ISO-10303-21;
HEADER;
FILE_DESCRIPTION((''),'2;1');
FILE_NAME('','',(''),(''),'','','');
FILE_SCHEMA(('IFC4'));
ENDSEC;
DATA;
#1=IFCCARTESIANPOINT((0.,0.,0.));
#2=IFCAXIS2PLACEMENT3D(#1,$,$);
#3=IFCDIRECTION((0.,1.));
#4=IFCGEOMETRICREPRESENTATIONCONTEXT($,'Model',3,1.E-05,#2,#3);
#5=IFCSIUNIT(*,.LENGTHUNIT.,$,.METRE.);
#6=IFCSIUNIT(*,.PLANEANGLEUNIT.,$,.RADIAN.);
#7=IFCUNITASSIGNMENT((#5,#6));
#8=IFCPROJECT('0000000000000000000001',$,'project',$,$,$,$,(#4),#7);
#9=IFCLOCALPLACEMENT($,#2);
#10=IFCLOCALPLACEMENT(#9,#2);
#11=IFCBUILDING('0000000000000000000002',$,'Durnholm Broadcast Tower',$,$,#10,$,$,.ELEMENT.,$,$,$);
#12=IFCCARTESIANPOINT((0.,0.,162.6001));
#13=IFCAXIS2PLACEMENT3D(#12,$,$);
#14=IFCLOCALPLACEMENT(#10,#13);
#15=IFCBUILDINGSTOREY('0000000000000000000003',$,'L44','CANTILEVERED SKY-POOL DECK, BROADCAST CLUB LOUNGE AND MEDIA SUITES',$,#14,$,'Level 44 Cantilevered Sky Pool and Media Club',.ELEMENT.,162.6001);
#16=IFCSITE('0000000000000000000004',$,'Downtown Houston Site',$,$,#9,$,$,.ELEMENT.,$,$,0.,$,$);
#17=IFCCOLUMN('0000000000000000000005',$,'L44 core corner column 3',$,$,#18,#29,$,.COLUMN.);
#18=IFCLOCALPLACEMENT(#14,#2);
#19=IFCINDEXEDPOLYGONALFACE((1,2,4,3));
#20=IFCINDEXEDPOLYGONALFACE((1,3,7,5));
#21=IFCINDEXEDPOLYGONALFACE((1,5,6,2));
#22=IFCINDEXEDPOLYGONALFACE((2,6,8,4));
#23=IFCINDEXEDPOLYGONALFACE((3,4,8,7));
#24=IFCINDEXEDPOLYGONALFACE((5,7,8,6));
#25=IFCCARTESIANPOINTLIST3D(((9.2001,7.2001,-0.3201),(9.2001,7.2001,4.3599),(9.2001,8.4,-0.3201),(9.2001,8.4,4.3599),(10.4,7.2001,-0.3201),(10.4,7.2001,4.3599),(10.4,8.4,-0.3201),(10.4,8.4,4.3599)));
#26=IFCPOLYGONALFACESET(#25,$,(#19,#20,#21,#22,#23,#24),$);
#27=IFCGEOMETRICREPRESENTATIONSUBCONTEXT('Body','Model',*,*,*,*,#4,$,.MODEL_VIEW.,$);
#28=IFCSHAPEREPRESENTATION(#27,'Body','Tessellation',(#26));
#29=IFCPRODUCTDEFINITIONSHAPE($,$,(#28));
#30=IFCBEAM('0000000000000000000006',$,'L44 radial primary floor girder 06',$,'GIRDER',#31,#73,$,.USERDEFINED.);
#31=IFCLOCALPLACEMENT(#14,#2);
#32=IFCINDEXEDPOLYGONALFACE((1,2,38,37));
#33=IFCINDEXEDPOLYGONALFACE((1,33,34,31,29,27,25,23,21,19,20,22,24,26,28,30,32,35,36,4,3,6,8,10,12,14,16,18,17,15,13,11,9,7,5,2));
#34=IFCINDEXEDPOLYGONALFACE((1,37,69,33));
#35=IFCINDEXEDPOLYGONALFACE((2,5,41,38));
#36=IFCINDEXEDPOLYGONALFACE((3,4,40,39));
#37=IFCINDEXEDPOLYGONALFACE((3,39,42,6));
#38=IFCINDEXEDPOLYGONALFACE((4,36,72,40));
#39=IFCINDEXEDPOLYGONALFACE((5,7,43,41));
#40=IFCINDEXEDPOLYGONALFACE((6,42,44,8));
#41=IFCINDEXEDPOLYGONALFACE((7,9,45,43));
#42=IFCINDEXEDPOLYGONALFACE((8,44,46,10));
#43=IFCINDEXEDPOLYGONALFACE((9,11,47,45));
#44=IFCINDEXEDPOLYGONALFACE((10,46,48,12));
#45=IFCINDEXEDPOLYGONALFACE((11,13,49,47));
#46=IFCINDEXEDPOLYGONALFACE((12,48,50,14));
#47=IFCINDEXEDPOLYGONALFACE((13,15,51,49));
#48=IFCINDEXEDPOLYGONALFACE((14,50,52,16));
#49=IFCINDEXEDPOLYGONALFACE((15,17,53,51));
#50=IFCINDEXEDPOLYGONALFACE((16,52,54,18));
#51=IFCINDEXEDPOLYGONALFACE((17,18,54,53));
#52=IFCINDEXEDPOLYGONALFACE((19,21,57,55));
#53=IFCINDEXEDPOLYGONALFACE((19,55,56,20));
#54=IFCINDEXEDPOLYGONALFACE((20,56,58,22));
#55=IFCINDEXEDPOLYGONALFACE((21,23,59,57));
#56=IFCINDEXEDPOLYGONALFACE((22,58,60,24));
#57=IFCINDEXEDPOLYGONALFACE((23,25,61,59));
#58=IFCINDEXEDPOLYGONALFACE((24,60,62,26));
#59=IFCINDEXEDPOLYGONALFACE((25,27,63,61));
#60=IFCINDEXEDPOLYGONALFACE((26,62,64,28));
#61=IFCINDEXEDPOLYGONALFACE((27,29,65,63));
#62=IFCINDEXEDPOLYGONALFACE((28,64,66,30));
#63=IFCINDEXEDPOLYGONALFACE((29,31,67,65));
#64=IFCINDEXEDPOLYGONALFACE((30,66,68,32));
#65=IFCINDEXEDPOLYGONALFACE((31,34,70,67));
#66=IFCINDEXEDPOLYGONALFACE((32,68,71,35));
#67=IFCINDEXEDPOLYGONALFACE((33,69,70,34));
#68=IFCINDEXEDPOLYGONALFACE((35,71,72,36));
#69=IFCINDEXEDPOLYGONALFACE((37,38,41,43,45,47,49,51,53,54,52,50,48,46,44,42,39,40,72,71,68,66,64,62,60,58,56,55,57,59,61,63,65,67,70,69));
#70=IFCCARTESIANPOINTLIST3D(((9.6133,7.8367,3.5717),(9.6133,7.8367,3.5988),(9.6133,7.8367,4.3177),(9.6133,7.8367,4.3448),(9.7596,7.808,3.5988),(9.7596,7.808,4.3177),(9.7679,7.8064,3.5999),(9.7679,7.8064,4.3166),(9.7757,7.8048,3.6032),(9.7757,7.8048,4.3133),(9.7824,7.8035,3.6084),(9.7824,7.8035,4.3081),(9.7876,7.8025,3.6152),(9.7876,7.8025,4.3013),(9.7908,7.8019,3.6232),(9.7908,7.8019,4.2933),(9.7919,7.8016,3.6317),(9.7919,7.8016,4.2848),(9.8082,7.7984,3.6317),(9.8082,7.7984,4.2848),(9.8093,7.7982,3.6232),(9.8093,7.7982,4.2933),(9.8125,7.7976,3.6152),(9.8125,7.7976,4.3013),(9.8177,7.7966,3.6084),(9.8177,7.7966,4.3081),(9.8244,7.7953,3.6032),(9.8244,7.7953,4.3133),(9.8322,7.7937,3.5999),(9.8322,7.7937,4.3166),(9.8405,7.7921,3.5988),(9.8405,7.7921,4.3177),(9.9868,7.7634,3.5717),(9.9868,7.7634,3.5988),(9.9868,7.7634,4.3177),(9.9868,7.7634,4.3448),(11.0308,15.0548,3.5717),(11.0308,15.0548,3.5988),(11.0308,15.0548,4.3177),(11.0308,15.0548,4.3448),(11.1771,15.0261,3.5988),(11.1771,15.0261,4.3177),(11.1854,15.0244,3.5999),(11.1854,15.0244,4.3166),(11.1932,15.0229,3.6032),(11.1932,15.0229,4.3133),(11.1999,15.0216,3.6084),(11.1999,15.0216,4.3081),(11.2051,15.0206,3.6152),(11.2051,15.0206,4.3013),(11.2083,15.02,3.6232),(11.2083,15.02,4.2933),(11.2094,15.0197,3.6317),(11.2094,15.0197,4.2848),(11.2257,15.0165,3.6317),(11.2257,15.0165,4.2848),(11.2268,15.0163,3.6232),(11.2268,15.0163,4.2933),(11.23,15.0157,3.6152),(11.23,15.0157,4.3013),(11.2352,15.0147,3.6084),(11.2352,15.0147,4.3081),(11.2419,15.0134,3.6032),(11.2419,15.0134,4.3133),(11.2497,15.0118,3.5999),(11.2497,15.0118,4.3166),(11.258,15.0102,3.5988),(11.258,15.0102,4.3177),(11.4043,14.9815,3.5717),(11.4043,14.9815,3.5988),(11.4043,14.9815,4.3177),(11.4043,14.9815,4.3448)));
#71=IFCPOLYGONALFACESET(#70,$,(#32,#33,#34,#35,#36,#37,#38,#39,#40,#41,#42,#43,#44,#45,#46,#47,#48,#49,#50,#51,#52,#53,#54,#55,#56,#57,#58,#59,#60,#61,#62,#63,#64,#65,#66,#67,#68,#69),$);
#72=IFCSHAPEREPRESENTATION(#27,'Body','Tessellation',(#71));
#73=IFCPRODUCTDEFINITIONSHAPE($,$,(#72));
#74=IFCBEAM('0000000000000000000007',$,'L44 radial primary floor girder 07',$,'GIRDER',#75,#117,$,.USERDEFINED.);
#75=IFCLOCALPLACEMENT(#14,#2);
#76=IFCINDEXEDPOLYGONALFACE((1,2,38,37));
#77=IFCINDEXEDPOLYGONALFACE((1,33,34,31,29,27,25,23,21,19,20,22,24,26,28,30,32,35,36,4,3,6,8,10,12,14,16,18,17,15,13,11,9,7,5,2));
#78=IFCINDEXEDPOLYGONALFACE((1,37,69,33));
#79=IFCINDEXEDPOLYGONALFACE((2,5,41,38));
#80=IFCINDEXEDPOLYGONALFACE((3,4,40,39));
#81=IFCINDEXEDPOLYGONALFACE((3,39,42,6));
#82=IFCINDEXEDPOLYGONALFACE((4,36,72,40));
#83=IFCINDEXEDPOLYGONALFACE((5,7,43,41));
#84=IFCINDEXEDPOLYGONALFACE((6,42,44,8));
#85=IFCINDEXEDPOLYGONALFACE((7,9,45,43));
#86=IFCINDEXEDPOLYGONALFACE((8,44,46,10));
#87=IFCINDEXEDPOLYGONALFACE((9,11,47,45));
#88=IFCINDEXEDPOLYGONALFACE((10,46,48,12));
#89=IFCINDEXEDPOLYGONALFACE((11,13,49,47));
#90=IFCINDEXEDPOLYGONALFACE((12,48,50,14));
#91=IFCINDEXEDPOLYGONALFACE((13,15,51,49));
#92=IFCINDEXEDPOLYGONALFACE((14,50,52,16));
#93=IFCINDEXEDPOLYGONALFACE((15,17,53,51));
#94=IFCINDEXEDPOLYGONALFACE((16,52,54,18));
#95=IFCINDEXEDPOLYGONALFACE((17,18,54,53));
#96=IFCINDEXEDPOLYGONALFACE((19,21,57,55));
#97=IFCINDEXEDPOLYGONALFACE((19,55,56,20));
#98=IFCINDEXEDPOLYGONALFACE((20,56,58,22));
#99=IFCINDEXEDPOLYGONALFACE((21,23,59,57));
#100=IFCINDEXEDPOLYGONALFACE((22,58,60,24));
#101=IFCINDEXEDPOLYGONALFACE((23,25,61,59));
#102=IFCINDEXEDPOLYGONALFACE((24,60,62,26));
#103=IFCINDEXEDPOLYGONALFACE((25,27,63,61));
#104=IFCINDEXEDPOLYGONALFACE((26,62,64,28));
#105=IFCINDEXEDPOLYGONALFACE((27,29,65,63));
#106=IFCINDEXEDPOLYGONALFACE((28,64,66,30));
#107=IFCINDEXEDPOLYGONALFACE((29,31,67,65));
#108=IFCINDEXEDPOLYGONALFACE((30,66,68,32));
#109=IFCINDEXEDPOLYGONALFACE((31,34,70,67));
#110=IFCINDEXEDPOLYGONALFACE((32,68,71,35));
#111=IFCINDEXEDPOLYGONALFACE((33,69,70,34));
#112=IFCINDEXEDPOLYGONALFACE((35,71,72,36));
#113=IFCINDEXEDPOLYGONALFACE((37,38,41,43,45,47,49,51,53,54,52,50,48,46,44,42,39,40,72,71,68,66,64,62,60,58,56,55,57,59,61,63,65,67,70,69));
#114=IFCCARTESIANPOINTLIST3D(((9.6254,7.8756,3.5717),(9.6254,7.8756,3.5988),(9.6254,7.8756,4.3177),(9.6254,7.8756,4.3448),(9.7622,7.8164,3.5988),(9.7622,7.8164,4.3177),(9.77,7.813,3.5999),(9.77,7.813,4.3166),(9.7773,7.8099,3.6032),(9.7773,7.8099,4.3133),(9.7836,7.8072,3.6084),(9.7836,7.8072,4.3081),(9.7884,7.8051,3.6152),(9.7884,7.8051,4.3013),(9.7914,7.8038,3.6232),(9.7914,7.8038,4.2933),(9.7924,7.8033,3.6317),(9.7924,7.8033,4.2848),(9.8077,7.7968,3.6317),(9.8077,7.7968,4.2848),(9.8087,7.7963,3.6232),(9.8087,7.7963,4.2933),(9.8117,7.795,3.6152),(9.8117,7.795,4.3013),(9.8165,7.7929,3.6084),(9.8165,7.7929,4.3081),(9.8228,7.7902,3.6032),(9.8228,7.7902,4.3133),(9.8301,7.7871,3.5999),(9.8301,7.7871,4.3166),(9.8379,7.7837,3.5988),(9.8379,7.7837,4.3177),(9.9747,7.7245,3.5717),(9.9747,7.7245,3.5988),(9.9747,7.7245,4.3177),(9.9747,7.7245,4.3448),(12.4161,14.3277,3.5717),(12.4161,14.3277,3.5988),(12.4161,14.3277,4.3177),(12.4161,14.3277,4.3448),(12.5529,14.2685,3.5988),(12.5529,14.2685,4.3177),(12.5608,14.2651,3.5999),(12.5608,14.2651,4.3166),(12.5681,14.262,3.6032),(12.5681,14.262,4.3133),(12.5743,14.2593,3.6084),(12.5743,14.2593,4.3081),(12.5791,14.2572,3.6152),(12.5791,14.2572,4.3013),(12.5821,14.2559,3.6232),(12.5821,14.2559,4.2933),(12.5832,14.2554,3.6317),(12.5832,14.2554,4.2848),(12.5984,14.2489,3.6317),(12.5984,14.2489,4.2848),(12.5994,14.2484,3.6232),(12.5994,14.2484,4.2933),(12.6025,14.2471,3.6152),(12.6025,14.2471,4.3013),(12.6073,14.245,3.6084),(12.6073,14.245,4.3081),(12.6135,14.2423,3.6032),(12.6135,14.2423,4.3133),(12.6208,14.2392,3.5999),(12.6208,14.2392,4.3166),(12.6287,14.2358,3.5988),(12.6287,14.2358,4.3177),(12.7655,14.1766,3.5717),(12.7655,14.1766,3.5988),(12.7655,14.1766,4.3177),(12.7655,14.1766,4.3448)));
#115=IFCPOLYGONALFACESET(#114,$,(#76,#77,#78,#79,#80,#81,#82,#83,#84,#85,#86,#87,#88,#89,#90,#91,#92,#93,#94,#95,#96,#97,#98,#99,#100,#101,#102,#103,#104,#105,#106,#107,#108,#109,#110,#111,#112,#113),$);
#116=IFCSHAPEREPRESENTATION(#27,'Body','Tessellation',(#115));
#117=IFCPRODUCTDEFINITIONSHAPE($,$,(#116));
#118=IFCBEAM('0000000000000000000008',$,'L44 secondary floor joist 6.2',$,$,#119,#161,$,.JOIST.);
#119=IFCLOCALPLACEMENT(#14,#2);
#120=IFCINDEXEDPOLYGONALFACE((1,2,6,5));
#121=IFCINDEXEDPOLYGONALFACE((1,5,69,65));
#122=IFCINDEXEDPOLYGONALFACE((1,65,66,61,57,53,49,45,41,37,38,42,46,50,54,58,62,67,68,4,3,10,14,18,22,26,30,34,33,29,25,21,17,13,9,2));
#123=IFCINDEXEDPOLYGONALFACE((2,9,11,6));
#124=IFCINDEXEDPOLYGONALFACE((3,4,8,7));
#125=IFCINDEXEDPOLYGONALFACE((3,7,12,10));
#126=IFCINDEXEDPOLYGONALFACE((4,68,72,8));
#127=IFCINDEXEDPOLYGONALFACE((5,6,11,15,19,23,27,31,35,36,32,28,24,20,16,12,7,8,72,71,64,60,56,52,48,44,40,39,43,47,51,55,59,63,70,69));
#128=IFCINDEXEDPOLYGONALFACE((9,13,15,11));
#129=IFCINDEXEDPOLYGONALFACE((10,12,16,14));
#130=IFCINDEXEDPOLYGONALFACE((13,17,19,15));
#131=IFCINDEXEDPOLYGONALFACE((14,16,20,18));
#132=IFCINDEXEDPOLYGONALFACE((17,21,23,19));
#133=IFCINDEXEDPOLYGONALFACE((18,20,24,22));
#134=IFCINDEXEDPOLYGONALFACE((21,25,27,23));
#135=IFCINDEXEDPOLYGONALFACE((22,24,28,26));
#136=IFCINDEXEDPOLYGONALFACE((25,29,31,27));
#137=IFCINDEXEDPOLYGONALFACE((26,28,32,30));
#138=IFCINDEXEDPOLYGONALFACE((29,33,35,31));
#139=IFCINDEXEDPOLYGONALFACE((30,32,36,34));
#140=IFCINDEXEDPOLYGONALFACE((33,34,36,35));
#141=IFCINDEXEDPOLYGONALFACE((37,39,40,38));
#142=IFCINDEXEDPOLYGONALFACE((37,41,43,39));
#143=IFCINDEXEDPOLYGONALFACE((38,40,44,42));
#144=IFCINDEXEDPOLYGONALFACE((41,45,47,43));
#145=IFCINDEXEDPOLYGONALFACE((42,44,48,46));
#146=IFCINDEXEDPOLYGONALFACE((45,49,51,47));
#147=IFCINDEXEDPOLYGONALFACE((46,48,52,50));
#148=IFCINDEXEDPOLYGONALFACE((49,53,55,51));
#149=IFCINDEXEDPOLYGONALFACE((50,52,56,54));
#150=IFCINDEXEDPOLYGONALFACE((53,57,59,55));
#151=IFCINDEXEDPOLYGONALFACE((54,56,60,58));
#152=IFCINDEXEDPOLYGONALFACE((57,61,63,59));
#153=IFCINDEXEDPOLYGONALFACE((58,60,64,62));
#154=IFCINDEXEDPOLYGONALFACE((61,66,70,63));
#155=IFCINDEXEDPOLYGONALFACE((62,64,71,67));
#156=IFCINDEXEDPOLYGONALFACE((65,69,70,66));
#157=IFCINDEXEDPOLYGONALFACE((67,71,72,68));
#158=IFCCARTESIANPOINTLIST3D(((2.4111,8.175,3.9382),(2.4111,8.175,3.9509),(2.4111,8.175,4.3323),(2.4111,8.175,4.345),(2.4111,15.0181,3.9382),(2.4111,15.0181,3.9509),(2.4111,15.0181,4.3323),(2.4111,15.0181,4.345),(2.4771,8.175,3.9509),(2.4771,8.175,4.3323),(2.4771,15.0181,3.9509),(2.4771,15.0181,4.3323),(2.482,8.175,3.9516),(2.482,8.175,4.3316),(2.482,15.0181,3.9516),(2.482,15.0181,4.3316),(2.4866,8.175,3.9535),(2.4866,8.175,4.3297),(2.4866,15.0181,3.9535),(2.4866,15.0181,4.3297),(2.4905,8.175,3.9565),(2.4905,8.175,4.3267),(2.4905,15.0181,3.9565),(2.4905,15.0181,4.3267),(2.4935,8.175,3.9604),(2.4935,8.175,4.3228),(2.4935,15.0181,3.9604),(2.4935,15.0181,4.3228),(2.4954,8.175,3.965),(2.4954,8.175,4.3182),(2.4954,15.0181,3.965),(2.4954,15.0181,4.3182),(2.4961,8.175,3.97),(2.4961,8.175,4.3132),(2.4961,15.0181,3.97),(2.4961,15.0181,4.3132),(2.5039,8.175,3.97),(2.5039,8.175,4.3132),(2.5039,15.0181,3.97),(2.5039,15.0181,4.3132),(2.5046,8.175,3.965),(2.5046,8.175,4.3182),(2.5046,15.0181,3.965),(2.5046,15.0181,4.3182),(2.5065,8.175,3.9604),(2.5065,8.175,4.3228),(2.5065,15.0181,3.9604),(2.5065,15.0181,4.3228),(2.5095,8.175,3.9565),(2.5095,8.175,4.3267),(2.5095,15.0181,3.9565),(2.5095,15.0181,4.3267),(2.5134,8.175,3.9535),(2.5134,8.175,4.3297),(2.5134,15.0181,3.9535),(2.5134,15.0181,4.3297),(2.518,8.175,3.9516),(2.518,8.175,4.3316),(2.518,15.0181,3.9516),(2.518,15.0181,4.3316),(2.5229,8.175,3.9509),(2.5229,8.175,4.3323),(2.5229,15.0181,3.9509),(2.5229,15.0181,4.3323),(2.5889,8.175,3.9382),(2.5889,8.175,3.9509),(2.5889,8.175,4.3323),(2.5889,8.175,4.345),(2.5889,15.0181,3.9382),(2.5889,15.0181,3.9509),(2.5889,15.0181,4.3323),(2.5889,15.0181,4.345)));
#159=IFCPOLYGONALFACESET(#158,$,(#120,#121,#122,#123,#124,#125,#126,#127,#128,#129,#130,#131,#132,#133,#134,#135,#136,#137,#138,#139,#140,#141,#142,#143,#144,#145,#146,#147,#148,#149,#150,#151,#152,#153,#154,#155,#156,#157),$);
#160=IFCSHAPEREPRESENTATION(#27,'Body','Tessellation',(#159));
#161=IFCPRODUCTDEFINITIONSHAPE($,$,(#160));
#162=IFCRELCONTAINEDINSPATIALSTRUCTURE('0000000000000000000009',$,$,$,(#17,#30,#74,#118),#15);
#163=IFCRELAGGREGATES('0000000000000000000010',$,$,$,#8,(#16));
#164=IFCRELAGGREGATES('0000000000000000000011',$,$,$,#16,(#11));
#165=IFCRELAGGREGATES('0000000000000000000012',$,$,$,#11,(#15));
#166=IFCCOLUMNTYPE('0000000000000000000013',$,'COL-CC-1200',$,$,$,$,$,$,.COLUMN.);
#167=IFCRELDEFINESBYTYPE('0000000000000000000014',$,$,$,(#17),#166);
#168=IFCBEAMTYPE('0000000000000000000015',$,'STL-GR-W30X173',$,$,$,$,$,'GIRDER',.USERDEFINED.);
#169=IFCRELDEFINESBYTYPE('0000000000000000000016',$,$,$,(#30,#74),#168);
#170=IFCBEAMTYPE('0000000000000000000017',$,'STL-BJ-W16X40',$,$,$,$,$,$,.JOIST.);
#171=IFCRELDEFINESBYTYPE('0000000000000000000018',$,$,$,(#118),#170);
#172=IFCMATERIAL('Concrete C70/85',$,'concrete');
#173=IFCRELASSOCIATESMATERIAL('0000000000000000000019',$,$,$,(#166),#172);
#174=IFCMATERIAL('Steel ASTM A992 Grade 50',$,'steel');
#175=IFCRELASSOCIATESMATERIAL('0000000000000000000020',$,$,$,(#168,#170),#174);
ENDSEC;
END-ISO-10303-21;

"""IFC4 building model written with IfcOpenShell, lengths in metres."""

from ifc_helpers import new_model, si_unit, direction, frame, origin, origin_2d, place, context, subcontext, project, spatial, rectangle, i_section, extrude, source, transform, mapped, material, material_profile, profile_set, type_object, type_shapes, element, save


model = new_model("IFC4")

# Units and contexts
model_context = context("Model", 3, precision=1e-05, world=origin(), true_north=direction((0.0, 1.0)))
body_context = subcontext(model_context, "Body", "Model", "MODEL_VIEW")
ifc_project = project(units=[si_unit("LENGTHUNIT", "METRE"), si_unit("PLANEANGLEUNIT", "RADIAN")], contexts=[model_context])

# Site, building, storey
site_placement = place(None, origin())
site = spatial("IfcSite", under=ifc_project, at=site_placement, Name="Downtown Houston Site", CompositionType="ELEMENT", RefElevation=0.0)
building_placement = place(site_placement, origin())
building = spatial("IfcBuilding", under=site, at=building_placement, Name="Durnholm Broadcast Tower", CompositionType="ELEMENT")
storey_placement = place(building_placement, frame((0.0, 0.0, 162.6001)))
storey = spatial("IfcBuildingStorey", under=building, at=storey_placement, Name="L44", Description="CANTILEVERED SKY-POOL DECK, BROADCAST CLUB LOUNGE AND MEDIA SUITES", LongName="Level 44 Cantilevered Sky Pool and Media Club", CompositionType="ELEMENT", Elevation=162.6001)

# Column
ifc_material_1 = material(Name="Concrete C70/85", Category="concrete")
ifc_material_profile_1 = material_profile(ifc_material_1, rectangle(XDim=1.2, YDim=1.2, at=origin_2d()), Name="RC1200X1200")
ifc_profile_set_1 = profile_set([ifc_material_profile_1], Name="Concrete C70/85")
column_type = type_object("IfcColumnType", Name="COL-CC-1200", PredefinedType="COLUMN", material=ifc_profile_set_1)
shared_shape_1 = source(origin(), body_context, "Body", "SweptSolid", [
    extrude(rectangle(XDim=1.2, YDim=1.2, at=origin_2d()), origin(), (0.0, 0.0, 1.0), 4.6799),
])
type_shapes(column_type, [shared_shape_1])
column_placement = place(storey_placement, frame((9.8, 7.8, -0.3201), z_axis=(0.0, 0.0, 1.0), x_axis=(1.0, 0.0, 0.0)))
element("IfcColumn", 1, at=column_placement, inside=storey, type_object=column_type, Name="L44 core corner column 3", PredefinedType="COLUMN", context=body_context, shape_type="MappedRepresentation", body=[
    mapped(shared_shape_1, transform((0.0, 0.0, 0.0), x_axis=(1.0, 0.0, 0.0), y_axis=(0.0, 1.0, 0.0), z_axis=(0.0, 0.0, 1.0), scale=1.0)),
])

# Beams
ifc_material_2 = material(Name="Steel ASTM A992 Grade 50", Category="steel")
ifc_material_profile_2 = material_profile(ifc_material_2, i_section(OverallWidth=0.3806, OverallDepth=0.7732, WebThickness=0.0166, FlangeThickness=0.0271, FilletRadius=0.033, at=origin_2d()), Name="W30X173")
ifc_profile_set_2 = profile_set([ifc_material_profile_2], Name="Steel ASTM A992 Grade 50")
beam_type_1 = type_object("IfcBeamType", Name="STL-GR-W30X173", ElementType="GIRDER", PredefinedType="USERDEFINED", material=ifc_profile_set_2)
shared_shape_2 = source(origin(), body_context, "Body", "SweptSolid", [
    extrude(i_section(OverallWidth=0.3806, OverallDepth=0.7732, WebThickness=0.0166, FlangeThickness=0.0271, FilletRadius=0.033, at=origin_2d()), origin(), (0.0, 0.0, 1.0), 7.356),
])
beam_1_placement = place(storey_placement, frame((9.8, 7.8, 3.9583), z_axis=(0.1927, 0.981258, 0.0), x_axis=(-0.981258, 0.1927, 0.0)))
element("IfcBeam", 2, at=beam_1_placement, inside=storey, type_object=beam_type_1, Name="L44 radial primary floor girder 06", ObjectType="GIRDER", PredefinedType="USERDEFINED", context=body_context, shape_type="MappedRepresentation", body=[
    mapped(shared_shape_2, transform((0.0, 0.0, 0.0), x_axis=(1.0, 0.0, 0.0), y_axis=(0.0, 1.0, 0.0), z_axis=(0.0, 0.0, 1.0), scale=1.0)),
])
shared_shape_3 = source(origin(), body_context, "Body", "SweptSolid", [
    extrude(i_section(OverallWidth=0.3806, OverallDepth=0.7732, WebThickness=0.0166, FlangeThickness=0.0271, FilletRadius=0.033, at=origin_2d()), origin(), (0.0, 0.0, 1.0), 7.0298),
])
type_shapes(beam_type_1, [shared_shape_2, shared_shape_3])
beam_2_placement = place(storey_placement, frame((9.8, 7.8, 3.9583), z_axis=(0.396989, 0.917823, 0.0), x_axis=(-0.917823, 0.396989, 0.0)))
element("IfcBeam", 3, at=beam_2_placement, inside=storey, type_object=beam_type_1, Name="L44 radial primary floor girder 07", ObjectType="GIRDER", PredefinedType="USERDEFINED", context=body_context, shape_type="MappedRepresentation", body=[
    mapped(shared_shape_3, transform((0.0, 0.0, 0.0), x_axis=(1.0, 0.0, 0.0), y_axis=(0.0, 1.0, 0.0), z_axis=(0.0, 0.0, 1.0), scale=1.0)),
])
ifc_material_profile_3 = material_profile(ifc_material_2, i_section(OverallWidth=0.1777, OverallDepth=0.4067, WebThickness=0.0078, FlangeThickness=0.0127, FilletRadius=0.019, at=origin_2d()), Name="W16X40")
ifc_profile_set_3 = profile_set([ifc_material_profile_3], Name="Steel ASTM A992 Grade 50")
beam_type_2 = type_object("IfcBeamType", Name="STL-BJ-W16X40", PredefinedType="JOIST", material=ifc_profile_set_3)
shared_shape_4 = source(origin(), body_context, "Body", "SweptSolid", [
    extrude(i_section(OverallWidth=0.1777, OverallDepth=0.4067, WebThickness=0.0078, FlangeThickness=0.0127, FilletRadius=0.019, at=origin_2d()), origin(), (0.0, 0.0, 1.0), 6.843),
])
type_shapes(beam_type_2, [shared_shape_4])
for number, where, z_axis, x_axis, name in (
    (4, (2.5, 8.175, 4.1416), (0.0, 1.0, 0.0), (-1.0, 0.0, 0.0), "L44 secondary floor joist 6.2"),
):
    element("IfcBeam", number, at=place(storey_placement, frame(where, z_axis=z_axis, x_axis=x_axis)), inside=storey, type_object=beam_type_2, Name=name, PredefinedType="JOIST", context=body_context, shape_type="MappedRepresentation", body=[
        mapped(shared_shape_4, transform((0.0, 0.0, 0.0), x_axis=(1.0, 0.0, 0.0), y_axis=(0.0, 1.0, 0.0), z_axis=(0.0, 0.0, 1.0), scale=1.0)),
    ])

save(model, "model.ifc")
